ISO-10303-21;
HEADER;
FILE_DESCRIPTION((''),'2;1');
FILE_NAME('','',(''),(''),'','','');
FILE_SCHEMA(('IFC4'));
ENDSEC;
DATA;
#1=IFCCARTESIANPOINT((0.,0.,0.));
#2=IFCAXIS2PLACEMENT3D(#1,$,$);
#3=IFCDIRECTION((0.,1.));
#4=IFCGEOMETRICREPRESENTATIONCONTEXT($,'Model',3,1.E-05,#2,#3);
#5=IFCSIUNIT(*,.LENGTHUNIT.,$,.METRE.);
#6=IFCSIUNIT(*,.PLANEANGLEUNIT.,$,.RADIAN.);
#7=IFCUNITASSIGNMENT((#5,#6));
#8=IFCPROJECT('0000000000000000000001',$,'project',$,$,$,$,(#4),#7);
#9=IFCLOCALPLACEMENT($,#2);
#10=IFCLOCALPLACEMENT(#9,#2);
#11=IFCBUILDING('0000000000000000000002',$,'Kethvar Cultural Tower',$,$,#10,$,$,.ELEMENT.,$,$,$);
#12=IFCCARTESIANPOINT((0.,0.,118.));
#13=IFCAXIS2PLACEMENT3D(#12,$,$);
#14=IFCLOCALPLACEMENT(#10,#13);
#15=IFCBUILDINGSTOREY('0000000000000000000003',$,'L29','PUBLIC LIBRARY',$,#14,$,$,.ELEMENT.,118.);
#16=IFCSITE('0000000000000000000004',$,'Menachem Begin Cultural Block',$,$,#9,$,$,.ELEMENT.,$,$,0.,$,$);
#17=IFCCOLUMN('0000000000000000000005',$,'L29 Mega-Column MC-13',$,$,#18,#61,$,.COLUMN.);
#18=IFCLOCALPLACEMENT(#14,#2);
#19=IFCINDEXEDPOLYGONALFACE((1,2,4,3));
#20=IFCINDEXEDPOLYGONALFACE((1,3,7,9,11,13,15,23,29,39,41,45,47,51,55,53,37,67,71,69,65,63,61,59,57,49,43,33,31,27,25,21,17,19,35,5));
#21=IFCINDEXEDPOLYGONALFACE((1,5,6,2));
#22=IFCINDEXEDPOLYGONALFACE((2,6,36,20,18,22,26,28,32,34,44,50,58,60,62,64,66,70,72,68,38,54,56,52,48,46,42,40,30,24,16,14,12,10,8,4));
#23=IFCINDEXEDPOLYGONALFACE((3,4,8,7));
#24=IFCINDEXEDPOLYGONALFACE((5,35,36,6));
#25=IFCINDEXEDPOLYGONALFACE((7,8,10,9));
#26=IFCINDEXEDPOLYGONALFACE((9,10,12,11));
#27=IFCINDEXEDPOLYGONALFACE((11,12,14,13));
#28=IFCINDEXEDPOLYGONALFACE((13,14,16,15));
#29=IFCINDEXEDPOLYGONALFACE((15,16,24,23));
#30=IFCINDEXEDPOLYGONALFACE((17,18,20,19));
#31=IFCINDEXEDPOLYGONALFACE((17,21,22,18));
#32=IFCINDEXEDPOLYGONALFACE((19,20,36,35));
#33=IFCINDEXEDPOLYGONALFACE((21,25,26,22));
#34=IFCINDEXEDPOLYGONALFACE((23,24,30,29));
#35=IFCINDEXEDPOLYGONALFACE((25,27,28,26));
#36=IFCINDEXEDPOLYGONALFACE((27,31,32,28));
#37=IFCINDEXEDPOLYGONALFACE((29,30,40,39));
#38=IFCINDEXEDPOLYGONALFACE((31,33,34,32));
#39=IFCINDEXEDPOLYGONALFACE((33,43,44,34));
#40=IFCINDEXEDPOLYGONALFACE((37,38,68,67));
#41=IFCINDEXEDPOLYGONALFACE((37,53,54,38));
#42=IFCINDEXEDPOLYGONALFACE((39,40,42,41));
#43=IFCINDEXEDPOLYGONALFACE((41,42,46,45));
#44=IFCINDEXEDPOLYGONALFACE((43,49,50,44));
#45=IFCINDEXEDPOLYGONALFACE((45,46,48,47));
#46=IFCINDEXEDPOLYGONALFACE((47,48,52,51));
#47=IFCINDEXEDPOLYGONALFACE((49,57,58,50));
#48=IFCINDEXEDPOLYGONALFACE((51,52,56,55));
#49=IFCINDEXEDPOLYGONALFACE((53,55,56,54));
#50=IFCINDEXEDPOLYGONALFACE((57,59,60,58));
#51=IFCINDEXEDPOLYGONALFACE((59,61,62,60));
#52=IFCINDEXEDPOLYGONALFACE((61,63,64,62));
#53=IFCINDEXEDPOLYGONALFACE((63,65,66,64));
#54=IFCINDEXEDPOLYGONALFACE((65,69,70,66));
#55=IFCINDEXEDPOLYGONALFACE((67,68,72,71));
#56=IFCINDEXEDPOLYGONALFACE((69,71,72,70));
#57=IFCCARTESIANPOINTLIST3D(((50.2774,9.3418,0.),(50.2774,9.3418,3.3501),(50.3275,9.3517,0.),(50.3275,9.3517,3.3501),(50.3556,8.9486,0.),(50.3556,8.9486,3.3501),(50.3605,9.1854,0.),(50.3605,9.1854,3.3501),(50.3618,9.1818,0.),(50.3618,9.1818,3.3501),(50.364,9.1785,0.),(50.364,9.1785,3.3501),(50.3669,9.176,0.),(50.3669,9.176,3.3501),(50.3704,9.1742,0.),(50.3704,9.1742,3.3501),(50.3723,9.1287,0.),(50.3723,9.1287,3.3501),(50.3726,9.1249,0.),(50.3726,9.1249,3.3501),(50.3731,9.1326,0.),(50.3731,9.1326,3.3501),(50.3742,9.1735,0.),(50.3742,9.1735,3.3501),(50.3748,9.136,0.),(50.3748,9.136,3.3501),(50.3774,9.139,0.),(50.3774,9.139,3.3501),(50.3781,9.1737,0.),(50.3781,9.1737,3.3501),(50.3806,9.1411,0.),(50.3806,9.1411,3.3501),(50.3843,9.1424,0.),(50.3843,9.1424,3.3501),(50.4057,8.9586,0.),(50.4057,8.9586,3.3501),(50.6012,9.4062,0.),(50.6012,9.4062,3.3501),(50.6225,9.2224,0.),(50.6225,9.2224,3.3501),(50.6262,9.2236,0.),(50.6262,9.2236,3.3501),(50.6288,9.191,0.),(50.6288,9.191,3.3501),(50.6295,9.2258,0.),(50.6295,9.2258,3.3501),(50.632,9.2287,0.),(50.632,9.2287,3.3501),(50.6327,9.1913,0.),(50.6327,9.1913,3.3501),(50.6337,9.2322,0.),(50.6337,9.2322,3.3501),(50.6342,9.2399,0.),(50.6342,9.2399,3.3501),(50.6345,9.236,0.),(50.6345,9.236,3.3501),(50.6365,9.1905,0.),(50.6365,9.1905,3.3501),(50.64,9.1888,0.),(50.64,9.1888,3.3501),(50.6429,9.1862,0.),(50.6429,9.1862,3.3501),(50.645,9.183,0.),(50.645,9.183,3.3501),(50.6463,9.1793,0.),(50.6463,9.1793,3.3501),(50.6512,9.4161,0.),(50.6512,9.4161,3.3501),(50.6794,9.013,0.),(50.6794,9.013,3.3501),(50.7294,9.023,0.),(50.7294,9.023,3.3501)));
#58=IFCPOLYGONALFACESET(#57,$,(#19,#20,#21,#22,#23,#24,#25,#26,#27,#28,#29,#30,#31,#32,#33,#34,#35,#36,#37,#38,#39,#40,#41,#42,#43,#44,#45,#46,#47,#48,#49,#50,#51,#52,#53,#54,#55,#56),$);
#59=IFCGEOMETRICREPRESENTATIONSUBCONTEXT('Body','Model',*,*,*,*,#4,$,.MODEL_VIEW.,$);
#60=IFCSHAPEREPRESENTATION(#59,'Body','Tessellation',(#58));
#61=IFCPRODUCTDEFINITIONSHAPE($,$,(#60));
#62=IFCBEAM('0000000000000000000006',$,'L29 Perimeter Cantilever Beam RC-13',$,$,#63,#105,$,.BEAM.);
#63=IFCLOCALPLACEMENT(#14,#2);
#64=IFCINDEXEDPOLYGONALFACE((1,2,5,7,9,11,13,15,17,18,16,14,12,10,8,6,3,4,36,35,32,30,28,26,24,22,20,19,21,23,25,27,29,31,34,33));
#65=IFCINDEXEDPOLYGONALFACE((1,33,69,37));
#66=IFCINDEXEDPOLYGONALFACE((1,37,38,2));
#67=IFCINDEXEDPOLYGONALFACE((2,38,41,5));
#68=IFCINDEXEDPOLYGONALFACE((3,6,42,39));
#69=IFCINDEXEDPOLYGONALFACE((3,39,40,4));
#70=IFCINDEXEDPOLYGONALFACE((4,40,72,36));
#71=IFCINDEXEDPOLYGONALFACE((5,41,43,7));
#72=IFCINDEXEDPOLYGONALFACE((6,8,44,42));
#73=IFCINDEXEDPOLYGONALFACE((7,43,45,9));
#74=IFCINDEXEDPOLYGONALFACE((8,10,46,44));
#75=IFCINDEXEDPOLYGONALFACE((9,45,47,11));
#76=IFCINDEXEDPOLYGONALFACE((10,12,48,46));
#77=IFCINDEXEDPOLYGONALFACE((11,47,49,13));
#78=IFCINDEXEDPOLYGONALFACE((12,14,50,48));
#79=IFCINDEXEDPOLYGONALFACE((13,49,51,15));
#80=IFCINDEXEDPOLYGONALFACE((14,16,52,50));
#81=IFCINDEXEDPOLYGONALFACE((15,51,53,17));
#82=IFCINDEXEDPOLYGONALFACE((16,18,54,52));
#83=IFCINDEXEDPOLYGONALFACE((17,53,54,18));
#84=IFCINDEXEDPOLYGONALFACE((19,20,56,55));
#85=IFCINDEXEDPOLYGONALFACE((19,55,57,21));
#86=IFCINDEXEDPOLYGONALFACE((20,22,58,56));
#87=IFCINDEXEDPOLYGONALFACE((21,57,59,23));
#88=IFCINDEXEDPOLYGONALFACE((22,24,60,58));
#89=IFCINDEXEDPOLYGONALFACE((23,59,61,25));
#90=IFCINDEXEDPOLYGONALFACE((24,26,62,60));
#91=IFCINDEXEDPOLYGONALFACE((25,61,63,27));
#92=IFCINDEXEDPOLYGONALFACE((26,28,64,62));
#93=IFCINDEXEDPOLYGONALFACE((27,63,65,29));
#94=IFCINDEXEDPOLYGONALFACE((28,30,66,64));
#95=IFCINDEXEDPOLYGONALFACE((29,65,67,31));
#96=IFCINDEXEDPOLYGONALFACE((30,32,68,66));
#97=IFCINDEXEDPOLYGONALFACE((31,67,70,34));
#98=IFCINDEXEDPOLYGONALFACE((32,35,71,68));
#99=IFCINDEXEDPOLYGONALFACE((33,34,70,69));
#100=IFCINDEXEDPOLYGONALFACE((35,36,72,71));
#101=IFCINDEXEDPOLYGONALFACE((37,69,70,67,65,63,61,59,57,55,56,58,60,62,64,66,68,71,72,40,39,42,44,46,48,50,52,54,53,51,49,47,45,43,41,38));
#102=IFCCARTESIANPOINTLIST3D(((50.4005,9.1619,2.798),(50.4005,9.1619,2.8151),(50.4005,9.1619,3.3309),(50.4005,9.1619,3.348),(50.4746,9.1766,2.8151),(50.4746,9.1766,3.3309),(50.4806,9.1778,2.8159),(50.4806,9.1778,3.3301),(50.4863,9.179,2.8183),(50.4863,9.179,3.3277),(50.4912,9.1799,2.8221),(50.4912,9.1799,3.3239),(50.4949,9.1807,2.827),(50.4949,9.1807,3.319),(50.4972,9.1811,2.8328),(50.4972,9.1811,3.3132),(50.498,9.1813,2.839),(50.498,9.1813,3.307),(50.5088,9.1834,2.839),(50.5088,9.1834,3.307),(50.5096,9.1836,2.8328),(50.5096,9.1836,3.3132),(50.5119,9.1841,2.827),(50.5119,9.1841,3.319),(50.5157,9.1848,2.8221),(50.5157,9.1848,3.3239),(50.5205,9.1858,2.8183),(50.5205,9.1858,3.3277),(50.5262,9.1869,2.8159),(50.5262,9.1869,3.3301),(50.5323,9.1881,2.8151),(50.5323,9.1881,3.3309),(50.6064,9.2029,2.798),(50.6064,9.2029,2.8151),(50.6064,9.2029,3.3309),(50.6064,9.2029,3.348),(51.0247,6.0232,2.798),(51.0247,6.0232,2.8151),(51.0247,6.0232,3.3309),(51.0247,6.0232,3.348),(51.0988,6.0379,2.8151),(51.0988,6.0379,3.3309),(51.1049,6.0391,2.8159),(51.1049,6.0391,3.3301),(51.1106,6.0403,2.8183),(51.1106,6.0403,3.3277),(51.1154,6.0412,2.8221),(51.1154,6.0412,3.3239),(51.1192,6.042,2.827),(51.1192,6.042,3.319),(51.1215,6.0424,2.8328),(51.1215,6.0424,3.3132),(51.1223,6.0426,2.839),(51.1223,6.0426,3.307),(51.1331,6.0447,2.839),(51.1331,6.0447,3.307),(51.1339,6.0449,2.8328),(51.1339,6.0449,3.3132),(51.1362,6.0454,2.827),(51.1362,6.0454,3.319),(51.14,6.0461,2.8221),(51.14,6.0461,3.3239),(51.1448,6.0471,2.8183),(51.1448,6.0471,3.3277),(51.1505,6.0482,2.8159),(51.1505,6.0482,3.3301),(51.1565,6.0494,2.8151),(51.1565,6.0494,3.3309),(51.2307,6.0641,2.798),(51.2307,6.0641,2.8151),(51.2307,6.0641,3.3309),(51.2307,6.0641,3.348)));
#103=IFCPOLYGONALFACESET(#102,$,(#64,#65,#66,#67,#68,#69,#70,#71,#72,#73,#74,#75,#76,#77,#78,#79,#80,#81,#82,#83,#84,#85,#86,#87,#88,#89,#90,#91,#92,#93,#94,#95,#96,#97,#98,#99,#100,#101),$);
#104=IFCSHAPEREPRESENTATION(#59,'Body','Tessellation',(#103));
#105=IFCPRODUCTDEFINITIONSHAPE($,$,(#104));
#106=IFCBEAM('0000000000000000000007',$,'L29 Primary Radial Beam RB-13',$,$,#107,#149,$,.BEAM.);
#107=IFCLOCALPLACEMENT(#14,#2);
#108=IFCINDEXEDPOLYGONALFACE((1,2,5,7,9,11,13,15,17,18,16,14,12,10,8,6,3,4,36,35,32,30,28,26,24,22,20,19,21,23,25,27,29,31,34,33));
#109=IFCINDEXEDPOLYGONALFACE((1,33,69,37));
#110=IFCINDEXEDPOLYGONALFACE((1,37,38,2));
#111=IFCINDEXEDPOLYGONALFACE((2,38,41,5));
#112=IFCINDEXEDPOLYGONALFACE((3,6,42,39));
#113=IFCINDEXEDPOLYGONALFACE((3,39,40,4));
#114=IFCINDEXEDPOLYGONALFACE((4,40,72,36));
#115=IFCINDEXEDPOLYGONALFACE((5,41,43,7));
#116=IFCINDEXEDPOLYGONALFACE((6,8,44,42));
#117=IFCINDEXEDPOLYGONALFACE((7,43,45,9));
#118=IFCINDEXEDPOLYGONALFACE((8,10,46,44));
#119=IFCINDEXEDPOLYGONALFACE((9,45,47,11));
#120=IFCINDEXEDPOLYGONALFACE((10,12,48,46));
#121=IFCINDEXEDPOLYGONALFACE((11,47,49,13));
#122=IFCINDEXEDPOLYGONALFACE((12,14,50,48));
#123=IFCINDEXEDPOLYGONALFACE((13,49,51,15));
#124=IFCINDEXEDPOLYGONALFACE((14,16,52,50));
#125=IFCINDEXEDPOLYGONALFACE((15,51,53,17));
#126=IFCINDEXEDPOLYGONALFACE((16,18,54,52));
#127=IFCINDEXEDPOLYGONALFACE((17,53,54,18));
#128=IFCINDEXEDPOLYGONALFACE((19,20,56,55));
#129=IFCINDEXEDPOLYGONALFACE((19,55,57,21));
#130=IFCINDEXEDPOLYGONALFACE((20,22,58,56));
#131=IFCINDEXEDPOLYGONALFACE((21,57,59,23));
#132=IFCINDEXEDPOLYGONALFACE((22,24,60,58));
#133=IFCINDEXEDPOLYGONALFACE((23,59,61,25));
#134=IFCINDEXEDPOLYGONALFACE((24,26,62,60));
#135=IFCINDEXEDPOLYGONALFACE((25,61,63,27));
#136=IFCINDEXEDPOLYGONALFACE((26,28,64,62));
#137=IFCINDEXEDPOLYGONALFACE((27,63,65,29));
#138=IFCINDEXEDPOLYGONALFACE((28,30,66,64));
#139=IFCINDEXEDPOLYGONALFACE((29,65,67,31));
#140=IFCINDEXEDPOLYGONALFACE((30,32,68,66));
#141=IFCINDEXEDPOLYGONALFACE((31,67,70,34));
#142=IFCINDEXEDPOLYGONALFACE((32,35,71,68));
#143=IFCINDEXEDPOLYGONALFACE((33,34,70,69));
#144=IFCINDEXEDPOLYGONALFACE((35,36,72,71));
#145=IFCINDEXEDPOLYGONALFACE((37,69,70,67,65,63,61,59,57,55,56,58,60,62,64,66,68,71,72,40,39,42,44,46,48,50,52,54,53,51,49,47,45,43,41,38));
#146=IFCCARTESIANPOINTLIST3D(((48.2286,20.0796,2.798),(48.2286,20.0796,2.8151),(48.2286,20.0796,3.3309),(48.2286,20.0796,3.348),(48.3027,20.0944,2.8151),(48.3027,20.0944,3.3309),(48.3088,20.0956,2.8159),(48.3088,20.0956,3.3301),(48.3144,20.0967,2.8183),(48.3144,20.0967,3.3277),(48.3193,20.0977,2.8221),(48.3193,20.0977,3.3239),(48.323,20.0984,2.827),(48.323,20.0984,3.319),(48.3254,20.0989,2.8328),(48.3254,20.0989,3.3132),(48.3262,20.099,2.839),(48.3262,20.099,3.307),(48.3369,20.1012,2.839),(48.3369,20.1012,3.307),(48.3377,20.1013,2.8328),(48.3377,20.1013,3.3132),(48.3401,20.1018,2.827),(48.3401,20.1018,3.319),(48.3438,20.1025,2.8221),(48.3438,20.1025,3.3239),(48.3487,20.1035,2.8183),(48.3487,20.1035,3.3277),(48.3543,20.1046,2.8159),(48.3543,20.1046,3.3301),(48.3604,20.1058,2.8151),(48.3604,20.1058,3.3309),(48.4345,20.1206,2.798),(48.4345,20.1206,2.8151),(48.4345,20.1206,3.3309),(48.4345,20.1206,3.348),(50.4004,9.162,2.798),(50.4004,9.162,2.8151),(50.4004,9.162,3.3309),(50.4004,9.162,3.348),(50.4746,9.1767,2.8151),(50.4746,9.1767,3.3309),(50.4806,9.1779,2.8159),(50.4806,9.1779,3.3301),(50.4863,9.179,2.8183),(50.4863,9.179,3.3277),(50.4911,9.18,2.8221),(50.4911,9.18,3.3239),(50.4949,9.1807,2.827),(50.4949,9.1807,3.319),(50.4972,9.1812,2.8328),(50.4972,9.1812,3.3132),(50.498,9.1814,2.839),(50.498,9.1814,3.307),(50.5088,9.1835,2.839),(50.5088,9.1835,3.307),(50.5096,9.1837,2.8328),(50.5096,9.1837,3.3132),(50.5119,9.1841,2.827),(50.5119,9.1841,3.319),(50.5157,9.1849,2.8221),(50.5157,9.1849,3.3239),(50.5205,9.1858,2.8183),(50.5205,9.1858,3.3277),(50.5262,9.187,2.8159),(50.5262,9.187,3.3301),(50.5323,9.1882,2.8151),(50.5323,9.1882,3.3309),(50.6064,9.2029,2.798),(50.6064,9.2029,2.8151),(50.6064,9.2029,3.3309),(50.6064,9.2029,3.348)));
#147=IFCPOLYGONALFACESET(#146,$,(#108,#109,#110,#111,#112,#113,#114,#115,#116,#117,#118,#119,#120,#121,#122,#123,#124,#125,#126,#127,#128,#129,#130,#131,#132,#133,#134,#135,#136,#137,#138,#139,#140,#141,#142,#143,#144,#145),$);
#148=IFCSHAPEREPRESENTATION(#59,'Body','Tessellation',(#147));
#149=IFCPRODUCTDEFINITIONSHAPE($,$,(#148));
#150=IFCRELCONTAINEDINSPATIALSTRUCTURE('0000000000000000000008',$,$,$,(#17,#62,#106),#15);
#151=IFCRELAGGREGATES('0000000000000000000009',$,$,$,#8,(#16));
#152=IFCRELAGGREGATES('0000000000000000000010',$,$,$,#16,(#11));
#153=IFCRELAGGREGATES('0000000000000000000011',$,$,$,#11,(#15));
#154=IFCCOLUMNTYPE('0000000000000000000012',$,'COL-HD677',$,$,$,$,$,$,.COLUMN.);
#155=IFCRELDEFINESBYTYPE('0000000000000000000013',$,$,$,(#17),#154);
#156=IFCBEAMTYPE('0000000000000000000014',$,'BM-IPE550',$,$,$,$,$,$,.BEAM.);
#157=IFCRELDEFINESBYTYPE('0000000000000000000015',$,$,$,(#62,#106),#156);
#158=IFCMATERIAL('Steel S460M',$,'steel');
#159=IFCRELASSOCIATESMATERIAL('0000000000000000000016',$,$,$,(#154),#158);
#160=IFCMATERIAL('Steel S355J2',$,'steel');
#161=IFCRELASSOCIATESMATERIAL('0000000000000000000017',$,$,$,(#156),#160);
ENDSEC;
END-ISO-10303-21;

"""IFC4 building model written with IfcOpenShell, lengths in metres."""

from ifc_helpers import new_model, si_unit, direction, frame, origin, origin_2d, place, context, subcontext, project, spatial, i_section, extrude, source, transform, mapped, material, material_profile, profile_set, type_object, element, save


model = new_model("IFC4")

# Units and contexts
model_context = context("Model", 3, precision=1e-05, world=origin(), true_north=direction((0.0, 1.0)))
body_context = subcontext(model_context, "Body", "Model", "MODEL_VIEW")
ifc_project = project(units=[si_unit("LENGTHUNIT", "METRE"), si_unit("PLANEANGLEUNIT", "RADIAN")], contexts=[model_context])

# Site, building, storey
site_placement = place(None, origin())
site = spatial("IfcSite", under=ifc_project, at=site_placement, Name="Menachem Begin Cultural Block", CompositionType="ELEMENT", RefElevation=0.0)
building_placement = place(site_placement, origin())
building = spatial("IfcBuilding", under=site, at=building_placement, Name="Kethvar Cultural Tower", CompositionType="ELEMENT")
storey_placement = place(building_placement, frame((0.0, 0.0, 118.0)))
storey = spatial("IfcBuildingStorey", under=building, at=storey_placement, Name="L29", Description="PUBLIC LIBRARY", CompositionType="ELEMENT", Elevation=118.0)

# Column
ifc_material_1 = material(Name="Steel S460M", Category="steel")
ifc_material_profile_1 = material_profile(ifc_material_1, i_section(OverallWidth=0.4009, OverallDepth=0.3811, WebThickness=0.032, FlangeThickness=0.051, FilletRadius=0.0149, at=origin_2d()), Name="Steel S460M — HD400x677")
ifc_profile_set_1 = profile_set([ifc_material_profile_1], Name="Steel S460M — HD400x677")
column_type = type_object("IfcColumnType", Name="COL-HD677", PredefinedType="COLUMN", material=ifc_profile_set_1)
shared_shape_1 = source(origin(), body_context, "Body", "SweptSolid", [
    extrude(i_section(OverallWidth=0.4009, OverallDepth=0.3811, WebThickness=0.032, FlangeThickness=0.051, FilletRadius=0.0149, at=origin_2d()), origin(), (0.0, 0.0, 1.0), 3.3501),
])
column_placement = place(storey_placement, frame((50.5034, 9.1824, 0.0), z_axis=(0.0, 0.0, 1.0), x_axis=(0.19509, -0.980785, 0.0)))
element("IfcColumn", 1, at=column_placement, inside=storey, type_object=column_type, Name="L29 Mega-Column MC-13", PredefinedType="COLUMN", context=body_context, shape_type="MappedRepresentation", body=[
    mapped(shared_shape_1, transform((0.0, 0.0, 0.0), scale=1.0)),
])

# Beams
ifc_material_2 = material(Name="Steel S355J2", Category="steel")
ifc_material_profile_2 = material_profile(ifc_material_2, i_section(OverallWidth=0.21, OverallDepth=0.55, WebThickness=0.011, FlangeThickness=0.0171, FilletRadius=0.0239, at=origin_2d()), Name="Steel S355J2 — IPE550")
ifc_profile_set_2 = profile_set([ifc_material_profile_2], Name="Steel S355J2 — IPE550")
beam_type_1 = type_object("IfcBeamType", Name="BM-IPE550", PredefinedType="BEAM", material=ifc_profile_set_2)
shared_shape_2 = source(origin(), body_context, "Body", "SweptSolid", [
    extrude(i_section(OverallWidth=0.21, OverallDepth=0.55, WebThickness=0.011, FlangeThickness=0.0171, FilletRadius=0.0239, at=origin_2d()), origin(), (0.0, 0.0, 1.0), 3.2002),
])
beam_1_placement = place(storey_placement, frame((50.5034, 9.1824, 3.073), z_axis=(0.195074, -0.980788, 0.0), x_axis=(0.980788, 0.195074, 0.0)))
element("IfcBeam", 2, at=beam_1_placement, inside=storey, type_object=beam_type_1, Name="L29 Perimeter Cantilever Beam RC-13", PredefinedType="BEAM", context=body_context, shape_type="MappedRepresentation", body=[
    mapped(shared_shape_2, transform((0.0, 0.0, 0.0), scale=1.0)),
])
shared_shape_3 = source(origin(), body_context, "Body", "SweptSolid", [
    extrude(i_section(OverallWidth=0.21, OverallDepth=0.55, WebThickness=0.011, FlangeThickness=0.0171, FilletRadius=0.0239, at=origin_2d()), origin(), (0.0, 0.0, 1.0), 11.1316),
])
beam_2_placement = place(storey_placement, frame((48.3315, 20.1001, 3.073), z_axis=(0.195108, -0.980782, 0.0), x_axis=(0.980782, 0.195108, 0.0)))
element("IfcBeam", 3, at=beam_2_placement, inside=storey, type_object=beam_type_1, Name="L29 Primary Radial Beam RB-13", PredefinedType="BEAM", context=body_context, shape_type="MappedRepresentation", body=[
    mapped(shared_shape_3, transform((0.0, 0.0, 0.0), scale=1.0)),
])

save(model, "model.ifc")
